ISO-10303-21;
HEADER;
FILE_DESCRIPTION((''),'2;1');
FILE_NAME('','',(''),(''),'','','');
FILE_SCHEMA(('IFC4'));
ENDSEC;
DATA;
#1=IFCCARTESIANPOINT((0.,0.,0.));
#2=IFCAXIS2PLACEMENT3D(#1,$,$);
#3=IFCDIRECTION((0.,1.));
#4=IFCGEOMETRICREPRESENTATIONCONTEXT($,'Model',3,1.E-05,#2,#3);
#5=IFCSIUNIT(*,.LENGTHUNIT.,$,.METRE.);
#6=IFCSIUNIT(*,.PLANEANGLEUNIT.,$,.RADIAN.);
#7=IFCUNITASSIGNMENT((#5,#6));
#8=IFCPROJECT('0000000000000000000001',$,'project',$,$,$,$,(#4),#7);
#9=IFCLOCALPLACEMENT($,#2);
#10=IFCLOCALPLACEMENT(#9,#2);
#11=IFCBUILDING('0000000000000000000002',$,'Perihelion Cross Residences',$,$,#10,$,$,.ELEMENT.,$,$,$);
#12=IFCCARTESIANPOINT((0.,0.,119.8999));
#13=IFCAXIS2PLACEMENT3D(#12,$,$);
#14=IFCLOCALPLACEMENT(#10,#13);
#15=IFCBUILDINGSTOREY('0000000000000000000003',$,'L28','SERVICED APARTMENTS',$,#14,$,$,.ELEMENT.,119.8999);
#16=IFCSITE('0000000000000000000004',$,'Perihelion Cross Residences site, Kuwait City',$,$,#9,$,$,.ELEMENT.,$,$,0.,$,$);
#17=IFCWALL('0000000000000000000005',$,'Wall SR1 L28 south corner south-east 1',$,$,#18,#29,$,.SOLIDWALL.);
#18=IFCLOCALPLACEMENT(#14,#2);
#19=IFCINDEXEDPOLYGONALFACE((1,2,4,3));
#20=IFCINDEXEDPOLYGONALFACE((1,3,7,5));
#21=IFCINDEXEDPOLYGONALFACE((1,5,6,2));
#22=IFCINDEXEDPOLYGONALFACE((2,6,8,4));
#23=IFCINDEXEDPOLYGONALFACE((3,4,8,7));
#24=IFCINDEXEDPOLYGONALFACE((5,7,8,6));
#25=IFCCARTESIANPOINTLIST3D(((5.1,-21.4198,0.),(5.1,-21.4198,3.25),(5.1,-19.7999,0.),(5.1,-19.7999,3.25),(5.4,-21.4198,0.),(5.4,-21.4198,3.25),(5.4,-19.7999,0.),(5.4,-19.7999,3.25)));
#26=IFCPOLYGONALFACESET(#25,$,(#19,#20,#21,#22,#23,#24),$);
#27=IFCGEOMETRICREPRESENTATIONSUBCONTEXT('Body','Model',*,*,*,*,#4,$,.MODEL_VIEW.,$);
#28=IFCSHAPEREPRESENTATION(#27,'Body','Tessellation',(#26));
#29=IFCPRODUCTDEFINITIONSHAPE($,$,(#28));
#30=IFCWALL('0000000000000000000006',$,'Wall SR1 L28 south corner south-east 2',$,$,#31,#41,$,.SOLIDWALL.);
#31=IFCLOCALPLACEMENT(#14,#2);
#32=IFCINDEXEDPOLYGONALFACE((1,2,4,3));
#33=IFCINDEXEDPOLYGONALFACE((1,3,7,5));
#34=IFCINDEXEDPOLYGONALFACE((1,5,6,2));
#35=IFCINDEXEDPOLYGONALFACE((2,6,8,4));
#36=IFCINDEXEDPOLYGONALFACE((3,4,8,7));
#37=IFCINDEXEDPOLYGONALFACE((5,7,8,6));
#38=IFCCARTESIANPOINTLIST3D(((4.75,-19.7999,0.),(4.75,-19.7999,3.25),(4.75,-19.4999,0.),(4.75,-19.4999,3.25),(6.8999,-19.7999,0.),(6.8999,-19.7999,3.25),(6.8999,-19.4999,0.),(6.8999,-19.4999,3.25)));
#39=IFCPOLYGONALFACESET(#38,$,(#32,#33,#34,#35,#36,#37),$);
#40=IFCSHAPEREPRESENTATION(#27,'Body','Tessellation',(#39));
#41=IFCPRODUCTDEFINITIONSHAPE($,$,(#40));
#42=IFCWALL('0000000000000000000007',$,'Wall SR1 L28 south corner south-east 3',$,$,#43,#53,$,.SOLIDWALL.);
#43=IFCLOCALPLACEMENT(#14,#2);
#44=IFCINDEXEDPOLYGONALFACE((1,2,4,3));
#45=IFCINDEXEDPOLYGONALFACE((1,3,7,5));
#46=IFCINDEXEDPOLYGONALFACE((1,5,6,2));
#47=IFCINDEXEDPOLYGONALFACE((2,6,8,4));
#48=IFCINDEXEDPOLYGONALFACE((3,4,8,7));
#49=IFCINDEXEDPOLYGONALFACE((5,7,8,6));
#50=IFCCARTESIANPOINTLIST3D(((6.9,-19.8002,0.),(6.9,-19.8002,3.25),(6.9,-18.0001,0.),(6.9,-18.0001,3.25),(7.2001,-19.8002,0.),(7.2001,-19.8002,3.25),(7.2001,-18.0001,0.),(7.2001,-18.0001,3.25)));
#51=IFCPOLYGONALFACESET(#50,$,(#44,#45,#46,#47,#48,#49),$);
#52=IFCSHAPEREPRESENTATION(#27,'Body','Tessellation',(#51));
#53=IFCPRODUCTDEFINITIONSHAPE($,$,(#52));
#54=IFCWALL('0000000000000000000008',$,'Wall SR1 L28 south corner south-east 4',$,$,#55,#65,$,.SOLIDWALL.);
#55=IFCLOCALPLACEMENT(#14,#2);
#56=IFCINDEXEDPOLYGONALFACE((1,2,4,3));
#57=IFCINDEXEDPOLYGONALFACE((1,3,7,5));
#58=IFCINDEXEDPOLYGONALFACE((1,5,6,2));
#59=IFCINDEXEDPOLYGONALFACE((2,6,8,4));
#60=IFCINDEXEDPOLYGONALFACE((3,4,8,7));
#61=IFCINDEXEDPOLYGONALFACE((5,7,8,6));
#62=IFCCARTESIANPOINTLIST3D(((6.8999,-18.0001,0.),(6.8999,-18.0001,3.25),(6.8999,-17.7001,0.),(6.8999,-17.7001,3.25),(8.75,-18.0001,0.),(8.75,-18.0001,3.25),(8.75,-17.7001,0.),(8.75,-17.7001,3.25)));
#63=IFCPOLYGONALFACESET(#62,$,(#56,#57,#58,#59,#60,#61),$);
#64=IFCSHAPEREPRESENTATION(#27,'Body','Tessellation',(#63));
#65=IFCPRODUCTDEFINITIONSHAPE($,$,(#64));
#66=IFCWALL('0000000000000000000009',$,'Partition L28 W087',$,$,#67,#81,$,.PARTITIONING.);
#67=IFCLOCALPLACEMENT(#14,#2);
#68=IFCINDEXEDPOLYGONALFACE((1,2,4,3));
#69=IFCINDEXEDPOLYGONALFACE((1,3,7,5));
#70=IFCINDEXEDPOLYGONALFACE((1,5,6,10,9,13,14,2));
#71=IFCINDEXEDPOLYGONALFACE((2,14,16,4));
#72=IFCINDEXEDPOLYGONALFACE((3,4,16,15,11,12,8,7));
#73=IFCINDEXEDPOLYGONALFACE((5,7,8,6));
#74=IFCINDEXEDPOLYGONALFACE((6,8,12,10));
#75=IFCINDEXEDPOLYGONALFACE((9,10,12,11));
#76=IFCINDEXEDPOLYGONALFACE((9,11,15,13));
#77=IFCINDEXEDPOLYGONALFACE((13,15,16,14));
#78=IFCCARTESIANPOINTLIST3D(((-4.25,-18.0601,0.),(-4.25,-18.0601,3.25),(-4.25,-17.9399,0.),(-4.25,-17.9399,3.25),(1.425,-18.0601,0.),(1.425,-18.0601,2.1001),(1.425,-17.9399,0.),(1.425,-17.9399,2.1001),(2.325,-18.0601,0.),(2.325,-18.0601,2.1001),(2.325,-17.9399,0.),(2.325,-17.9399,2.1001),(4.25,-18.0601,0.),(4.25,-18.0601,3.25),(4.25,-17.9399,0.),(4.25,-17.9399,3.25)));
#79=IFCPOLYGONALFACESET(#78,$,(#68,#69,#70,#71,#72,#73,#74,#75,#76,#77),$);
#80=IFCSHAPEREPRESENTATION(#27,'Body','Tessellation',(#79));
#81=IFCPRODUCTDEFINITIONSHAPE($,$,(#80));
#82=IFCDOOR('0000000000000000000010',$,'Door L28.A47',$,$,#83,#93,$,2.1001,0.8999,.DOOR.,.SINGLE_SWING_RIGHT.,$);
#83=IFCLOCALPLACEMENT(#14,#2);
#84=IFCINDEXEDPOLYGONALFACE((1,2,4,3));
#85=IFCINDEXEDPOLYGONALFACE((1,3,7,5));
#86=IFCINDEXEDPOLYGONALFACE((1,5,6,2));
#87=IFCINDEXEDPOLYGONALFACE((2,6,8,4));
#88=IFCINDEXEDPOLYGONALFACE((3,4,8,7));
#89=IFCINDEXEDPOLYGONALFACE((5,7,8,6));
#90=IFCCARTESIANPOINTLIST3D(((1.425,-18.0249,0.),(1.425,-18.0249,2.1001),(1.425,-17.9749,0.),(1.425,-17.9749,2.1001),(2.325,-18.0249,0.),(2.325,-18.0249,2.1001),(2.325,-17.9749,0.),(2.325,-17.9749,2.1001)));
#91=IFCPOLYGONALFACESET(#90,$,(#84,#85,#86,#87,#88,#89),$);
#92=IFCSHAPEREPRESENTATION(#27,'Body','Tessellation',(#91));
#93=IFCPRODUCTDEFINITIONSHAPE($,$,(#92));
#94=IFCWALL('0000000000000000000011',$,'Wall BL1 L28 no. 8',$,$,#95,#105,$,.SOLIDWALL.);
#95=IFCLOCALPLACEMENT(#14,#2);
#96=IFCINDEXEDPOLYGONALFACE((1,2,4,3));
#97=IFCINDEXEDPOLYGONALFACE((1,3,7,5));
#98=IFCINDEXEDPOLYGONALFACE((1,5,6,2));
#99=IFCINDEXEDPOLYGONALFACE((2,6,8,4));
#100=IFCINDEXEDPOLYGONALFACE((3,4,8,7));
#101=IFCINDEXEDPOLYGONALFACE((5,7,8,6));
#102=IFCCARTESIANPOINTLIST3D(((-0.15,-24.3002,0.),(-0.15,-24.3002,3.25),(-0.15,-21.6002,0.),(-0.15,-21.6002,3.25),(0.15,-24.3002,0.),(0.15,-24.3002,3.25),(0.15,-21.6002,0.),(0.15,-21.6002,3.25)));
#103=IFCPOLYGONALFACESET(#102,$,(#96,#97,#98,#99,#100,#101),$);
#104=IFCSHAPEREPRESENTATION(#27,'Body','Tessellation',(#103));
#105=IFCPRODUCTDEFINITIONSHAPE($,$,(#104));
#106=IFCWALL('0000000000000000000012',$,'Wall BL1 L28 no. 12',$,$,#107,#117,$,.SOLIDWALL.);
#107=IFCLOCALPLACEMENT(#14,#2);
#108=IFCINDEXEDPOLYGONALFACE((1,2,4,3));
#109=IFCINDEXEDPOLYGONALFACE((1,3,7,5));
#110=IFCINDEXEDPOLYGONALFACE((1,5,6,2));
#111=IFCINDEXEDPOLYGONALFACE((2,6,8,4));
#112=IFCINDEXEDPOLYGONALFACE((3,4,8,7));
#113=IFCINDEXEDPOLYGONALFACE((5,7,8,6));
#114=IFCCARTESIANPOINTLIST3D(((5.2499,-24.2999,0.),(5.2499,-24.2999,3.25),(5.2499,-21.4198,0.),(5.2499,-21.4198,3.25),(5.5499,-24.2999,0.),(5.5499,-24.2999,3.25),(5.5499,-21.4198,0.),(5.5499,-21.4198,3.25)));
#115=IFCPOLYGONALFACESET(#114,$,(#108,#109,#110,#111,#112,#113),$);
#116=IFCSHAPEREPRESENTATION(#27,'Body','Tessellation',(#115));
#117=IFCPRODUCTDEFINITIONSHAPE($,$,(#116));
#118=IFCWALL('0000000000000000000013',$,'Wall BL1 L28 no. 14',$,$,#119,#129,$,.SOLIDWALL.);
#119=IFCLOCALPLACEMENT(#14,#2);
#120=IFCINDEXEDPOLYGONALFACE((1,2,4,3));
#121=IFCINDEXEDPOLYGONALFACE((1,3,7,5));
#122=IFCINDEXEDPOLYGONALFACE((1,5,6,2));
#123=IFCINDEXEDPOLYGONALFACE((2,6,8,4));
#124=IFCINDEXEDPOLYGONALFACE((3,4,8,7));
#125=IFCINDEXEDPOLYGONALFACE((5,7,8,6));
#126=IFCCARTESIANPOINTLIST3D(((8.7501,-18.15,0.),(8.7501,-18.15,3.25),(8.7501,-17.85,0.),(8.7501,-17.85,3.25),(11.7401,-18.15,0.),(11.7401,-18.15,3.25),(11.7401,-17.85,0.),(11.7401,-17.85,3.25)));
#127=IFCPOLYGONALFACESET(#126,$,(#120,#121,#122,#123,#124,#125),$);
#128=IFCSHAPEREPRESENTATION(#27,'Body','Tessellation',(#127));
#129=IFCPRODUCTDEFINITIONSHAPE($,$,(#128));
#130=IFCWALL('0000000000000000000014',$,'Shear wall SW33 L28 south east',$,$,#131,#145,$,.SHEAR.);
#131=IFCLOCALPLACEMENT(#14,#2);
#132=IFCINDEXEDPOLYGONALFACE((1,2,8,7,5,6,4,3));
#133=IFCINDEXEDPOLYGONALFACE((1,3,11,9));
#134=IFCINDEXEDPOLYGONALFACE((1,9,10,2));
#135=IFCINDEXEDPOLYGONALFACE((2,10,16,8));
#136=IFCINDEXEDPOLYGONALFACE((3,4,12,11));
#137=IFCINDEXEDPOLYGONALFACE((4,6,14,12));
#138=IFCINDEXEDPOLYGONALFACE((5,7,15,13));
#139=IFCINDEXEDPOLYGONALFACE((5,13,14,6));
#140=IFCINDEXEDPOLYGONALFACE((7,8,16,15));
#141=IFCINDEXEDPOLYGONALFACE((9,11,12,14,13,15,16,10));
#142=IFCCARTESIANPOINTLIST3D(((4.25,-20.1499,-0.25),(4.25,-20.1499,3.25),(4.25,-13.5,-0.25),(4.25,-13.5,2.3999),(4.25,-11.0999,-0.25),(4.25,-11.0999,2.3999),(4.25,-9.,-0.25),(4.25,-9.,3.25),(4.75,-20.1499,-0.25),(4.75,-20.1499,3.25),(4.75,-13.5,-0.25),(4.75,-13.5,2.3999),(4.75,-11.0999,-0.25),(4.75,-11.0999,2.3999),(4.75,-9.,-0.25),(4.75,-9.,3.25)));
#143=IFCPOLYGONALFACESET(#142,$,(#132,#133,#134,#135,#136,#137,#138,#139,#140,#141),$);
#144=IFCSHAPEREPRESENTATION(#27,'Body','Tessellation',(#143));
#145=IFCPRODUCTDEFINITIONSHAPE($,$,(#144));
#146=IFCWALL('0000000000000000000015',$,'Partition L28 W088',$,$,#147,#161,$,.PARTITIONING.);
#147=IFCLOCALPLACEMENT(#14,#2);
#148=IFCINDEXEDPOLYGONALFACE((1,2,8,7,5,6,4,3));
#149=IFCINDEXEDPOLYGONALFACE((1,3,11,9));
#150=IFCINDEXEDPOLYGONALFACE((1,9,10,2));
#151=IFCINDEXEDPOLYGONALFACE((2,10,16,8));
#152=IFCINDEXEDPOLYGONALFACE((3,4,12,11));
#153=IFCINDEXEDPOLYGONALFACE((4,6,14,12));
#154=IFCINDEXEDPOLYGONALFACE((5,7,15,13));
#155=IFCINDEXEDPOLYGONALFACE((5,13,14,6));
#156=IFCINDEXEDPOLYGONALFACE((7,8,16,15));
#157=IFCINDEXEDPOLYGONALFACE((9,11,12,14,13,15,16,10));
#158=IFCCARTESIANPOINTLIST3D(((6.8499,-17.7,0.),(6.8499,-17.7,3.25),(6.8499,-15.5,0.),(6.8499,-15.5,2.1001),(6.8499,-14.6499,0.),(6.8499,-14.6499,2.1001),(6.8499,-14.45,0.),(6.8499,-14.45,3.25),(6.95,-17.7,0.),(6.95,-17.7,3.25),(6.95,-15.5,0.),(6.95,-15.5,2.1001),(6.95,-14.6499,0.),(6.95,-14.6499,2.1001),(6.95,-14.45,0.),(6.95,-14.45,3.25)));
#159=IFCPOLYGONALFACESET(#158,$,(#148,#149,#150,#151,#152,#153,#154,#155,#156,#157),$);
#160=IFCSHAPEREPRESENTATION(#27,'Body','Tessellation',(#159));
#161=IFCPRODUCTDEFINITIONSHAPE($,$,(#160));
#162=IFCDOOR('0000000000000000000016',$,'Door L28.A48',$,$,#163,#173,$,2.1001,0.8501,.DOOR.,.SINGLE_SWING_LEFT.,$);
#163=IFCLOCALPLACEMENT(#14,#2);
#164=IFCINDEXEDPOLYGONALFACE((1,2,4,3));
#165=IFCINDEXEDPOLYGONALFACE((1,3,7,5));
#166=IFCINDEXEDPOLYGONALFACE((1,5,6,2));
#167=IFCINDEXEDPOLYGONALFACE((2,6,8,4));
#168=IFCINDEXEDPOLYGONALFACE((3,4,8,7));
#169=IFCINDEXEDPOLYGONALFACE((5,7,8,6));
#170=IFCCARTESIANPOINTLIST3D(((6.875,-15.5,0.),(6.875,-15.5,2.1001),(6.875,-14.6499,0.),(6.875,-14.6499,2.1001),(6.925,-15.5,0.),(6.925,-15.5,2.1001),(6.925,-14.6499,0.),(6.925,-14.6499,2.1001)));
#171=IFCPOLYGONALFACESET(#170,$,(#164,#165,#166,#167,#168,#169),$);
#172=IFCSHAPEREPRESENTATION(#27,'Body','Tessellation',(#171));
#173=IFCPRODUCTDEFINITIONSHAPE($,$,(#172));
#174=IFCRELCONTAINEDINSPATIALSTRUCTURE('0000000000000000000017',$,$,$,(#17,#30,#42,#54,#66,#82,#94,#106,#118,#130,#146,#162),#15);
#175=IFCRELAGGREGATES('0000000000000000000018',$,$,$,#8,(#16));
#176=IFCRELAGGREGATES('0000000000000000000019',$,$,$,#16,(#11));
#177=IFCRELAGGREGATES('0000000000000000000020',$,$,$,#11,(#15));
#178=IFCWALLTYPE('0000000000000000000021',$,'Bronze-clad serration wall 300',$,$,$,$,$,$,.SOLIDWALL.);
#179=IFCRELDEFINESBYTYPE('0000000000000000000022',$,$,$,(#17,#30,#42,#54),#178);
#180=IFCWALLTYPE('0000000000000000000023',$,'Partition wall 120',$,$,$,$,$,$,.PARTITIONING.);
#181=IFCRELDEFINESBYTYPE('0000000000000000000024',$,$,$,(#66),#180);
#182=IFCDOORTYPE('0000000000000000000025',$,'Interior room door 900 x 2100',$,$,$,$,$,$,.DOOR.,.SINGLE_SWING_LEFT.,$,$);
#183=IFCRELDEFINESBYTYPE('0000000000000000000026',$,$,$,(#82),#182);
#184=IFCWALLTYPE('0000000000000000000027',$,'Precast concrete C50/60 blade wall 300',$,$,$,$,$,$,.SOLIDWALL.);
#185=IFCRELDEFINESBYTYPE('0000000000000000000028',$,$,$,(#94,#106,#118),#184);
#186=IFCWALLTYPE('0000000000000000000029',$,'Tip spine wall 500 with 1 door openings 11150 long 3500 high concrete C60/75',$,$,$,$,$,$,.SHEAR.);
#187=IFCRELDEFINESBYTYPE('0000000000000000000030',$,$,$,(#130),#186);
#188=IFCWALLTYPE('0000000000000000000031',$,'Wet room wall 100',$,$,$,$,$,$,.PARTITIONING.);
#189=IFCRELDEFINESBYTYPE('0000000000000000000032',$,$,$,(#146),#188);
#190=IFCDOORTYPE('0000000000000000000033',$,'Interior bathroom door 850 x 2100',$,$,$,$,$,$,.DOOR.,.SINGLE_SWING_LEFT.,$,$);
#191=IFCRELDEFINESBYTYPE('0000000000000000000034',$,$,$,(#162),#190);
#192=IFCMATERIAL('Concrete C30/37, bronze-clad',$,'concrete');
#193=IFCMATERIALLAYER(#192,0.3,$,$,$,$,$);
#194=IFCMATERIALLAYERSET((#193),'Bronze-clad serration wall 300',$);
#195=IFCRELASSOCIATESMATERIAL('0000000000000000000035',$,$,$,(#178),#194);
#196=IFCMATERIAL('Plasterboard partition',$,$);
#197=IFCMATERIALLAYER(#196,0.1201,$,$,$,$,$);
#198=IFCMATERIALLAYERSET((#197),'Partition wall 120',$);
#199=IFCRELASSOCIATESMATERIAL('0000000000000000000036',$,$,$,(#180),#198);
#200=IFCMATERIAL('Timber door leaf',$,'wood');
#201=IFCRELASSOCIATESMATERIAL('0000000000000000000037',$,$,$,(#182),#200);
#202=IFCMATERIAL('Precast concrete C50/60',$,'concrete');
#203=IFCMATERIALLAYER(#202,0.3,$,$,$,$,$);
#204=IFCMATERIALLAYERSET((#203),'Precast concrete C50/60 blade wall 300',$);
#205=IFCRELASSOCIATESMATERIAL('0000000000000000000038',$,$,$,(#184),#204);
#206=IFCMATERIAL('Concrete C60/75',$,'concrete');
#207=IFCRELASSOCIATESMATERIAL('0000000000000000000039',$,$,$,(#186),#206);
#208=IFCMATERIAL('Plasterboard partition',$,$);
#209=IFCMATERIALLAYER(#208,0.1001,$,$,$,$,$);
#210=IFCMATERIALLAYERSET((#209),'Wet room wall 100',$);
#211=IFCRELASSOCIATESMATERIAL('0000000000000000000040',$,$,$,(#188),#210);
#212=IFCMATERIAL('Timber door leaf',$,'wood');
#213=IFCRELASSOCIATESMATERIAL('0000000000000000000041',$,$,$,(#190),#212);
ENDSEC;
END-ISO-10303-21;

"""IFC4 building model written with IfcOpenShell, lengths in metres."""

from ifc_helpers import new_model, si_unit, direction, frame, frame_2d, origin, place, context, subcontext, project, spatial, polyline, rectangle, outline, extrude, material, layer, layer_set, material_profile, profile_set, type_object, element, fill, save


model = new_model("IFC4")

# Units and contexts
model_context = context("Model", 3, precision=1e-05, world=origin(), true_north=direction((0.0, 1.0)))
body_context = subcontext(model_context, "Body", "Model", "MODEL_VIEW")
ifc_project = project(units=[si_unit("LENGTHUNIT", "METRE"), si_unit("PLANEANGLEUNIT", "RADIAN")], contexts=[model_context])

# Site, building, storey
site_placement = place(None, origin())
site = spatial("IfcSite", under=ifc_project, at=site_placement, Name="Perihelion Cross Residences site, Kuwait City", CompositionType="ELEMENT", RefElevation=0.0)
building_placement = place(site_placement, origin())
building = spatial("IfcBuilding", under=site, at=building_placement, Name="Perihelion Cross Residences", CompositionType="ELEMENT")
storey_placement = place(building_placement, frame((0.0, 0.0, 119.8999)))
storey = spatial("IfcBuildingStorey", under=building, at=storey_placement, Name="L28", Description="SERVICED APARTMENTS", CompositionType="ELEMENT", Elevation=119.8999)

# Walls
ifc_material_1 = material(Name="Concrete C30/37, bronze-clad", Category="concrete")
ifc_layer_1 = layer(ifc_material_1, 0.3)
ifc_layer_set_1 = layer_set([ifc_layer_1], Name="Bronze-clad serration wall 300")
wall_type_1 = type_object("IfcWallType", Name="Bronze-clad serration wall 300", PredefinedType="SOLIDWALL", material=ifc_layer_set_1)
wall_1_placement = place(storey_placement, frame((5.25, -21.4199, 0.0), z_axis=(0.0, 0.0, 1.0), x_axis=(0.0, 1.0, 0.0)))
element("IfcWall", 1, at=wall_1_placement, inside=storey, type_object=wall_type_1, Name="Wall SR1 L28 south corner south-east 1", PredefinedType="SOLIDWALL", context=body_context, shape_type="SweptSolid", body=[
    extrude(rectangle(XDim=1.6199, YDim=0.3, at=frame_2d((0.8101, 0.0))), origin(), (0.0, 0.0, 1.0), 3.25),
])
wall_2_placement = place(storey_placement, frame((4.75, -19.6499, 0.0), z_axis=(0.0, 0.0, 1.0), x_axis=(1.0, 0.0, 0.0)))
element("IfcWall", 2, at=wall_2_placement, inside=storey, type_object=wall_type_1, Name="Wall SR1 L28 south corner south-east 2", PredefinedType="SOLIDWALL", context=body_context, shape_type="SweptSolid", body=[
    extrude(rectangle(XDim=2.1499, YDim=0.3, at=frame_2d((1.075, 0.0))), origin(), (0.0, 0.0, 1.0), 3.25),
])
wall_3_placement = place(storey_placement, frame((7.05, -19.8, 0.0), z_axis=(0.0, 0.0, 1.0), x_axis=(0.0, 1.0, 0.0)))
element("IfcWall", 3, at=wall_3_placement, inside=storey, type_object=wall_type_1, Name="Wall SR1 L28 south corner south-east 3", PredefinedType="SOLIDWALL", context=body_context, shape_type="SweptSolid", body=[
    extrude(rectangle(XDim=1.8, YDim=0.3, at=frame_2d((0.8999, 0.0))), origin(), (0.0, 0.0, 1.0), 3.25),
])
wall_4_placement = place(storey_placement, frame((6.8999, -17.8501, 0.0), z_axis=(0.0, 0.0, 1.0), x_axis=(1.0, 0.0, 0.0)))
element("IfcWall", 4, at=wall_4_placement, inside=storey, type_object=wall_type_1, Name="Wall SR1 L28 south corner south-east 4", PredefinedType="SOLIDWALL", context=body_context, shape_type="SweptSolid", body=[
    extrude(rectangle(XDim=1.8501, YDim=0.3, at=frame_2d((0.925, 0.0))), origin(), (0.0, 0.0, 1.0), 3.25),
])

# Wall, opening, door
ifc_material_2 = material(Name="Plasterboard partition")
ifc_layer_2 = layer(ifc_material_2, 0.1201)
ifc_layer_set_2 = layer_set([ifc_layer_2], Name="Partition wall 120")
wall_type_2 = type_object("IfcWallType", Name="Partition wall 120", PredefinedType="PARTITIONING", material=ifc_layer_set_2)
wall_5_placement = place(storey_placement, frame((4.25, -18.0, 0.0), z_axis=(0.0, 0.0, 1.0), x_axis=(-1.0, 0.0, 0.0)))
wall_5 = element("IfcWall", 5, at=wall_5_placement, inside=storey, type_object=wall_type_2, Name="Partition L28 W087", PredefinedType="PARTITIONING", context=body_context, shape_type="SweptSolid", body=[
    extrude(rectangle(XDim=8.5, YDim=0.1201, at=frame_2d((4.25, 0.0))), origin(), (0.0, 0.0, 1.0), 3.25),
])
opening_1_placement = place(wall_5_placement, frame((1.925, 0.0, 0.0)))
opening_1 = element("IfcOpeningElement", 6, at=opening_1_placement, cuts=wall_5, PredefinedType="OPENING", context=body_context, shape_type="SweptSolid", body=[
    extrude(rectangle(XDim=0.8999, YDim=2.1001, at=frame_2d((0.45, 1.05))), frame((0.0, 0.0701, 0.0), z_axis=(0.0, -1.0, 0.0), x_axis=(1.0, 0.0, 0.0)), (0.0, 0.0, 1.0), 0.1401),
])
ifc_material_3 = material(Name="Timber door leaf", Category="wood")
door_type_1 = type_object("IfcDoorType", Name="Interior room door 900 x 2100", OperationType="SINGLE_SWING_LEFT", PredefinedType="DOOR", material=ifc_material_3)
door_1_placement = place(opening_1_placement, origin())
door_1 = element("IfcDoor", 7, at=door_1_placement, inside=storey, type_object=door_type_1, Name="Door L28.A47", OperationType="SINGLE_SWING_RIGHT", OverallHeight=2.1001, OverallWidth=0.8999, PredefinedType="DOOR", context=body_context, shape_type="SweptSolid", body=[
    extrude(rectangle(XDim=0.8999, YDim=2.1001, at=frame_2d((0.45, 1.05))), frame((0.0, 0.0249, 0.0), z_axis=(0.0, -1.0, 0.0), x_axis=(1.0, 0.0, 0.0)), (0.0, 0.0, 1.0), 0.05),
])
fill(opening_1, door_1)

# Walls
ifc_material_4 = material(Name="Precast concrete C50/60", Category="concrete")
ifc_layer_3 = layer(ifc_material_4, 0.3)
ifc_layer_set_3 = layer_set([ifc_layer_3], Name="Precast concrete C50/60 blade wall 300")
wall_type_3 = type_object("IfcWallType", Name="Precast concrete C50/60 blade wall 300", PredefinedType="SOLIDWALL", material=ifc_layer_set_3)
wall_6_placement = place(storey_placement, frame((0.0, -21.6001, 0.0), z_axis=(0.0, 0.0, 1.0), x_axis=(0.0, -1.0, 0.0)))
element("IfcWall", 8, at=wall_6_placement, inside=storey, type_object=wall_type_3, Name="Wall BL1 L28 no. 8", PredefinedType="SOLIDWALL", context=body_context, shape_type="SweptSolid", body=[
    extrude(rectangle(XDim=2.7, YDim=0.3, at=frame_2d((1.3501, 0.0))), origin(), (0.0, 0.0, 1.0), 3.25),
])
wall_7_placement = place(storey_placement, frame((5.3999, -21.4199, 0.0), z_axis=(0.0, 0.0, 1.0), x_axis=(0.0, -1.0, 0.0)))
element("IfcWall", 9, at=wall_7_placement, inside=storey, type_object=wall_type_3, Name="Wall BL1 L28 no. 12", PredefinedType="SOLIDWALL", context=body_context, shape_type="SweptSolid", body=[
    extrude(rectangle(XDim=2.8801, YDim=0.3, at=frame_2d((1.4399, 0.0))), origin(), (0.0, 0.0, 1.0), 3.25),
])
wall_8_placement = place(storey_placement, frame((8.75, -18.0, 0.0), z_axis=(0.0, 0.0, 1.0), x_axis=(1.0, 0.0, 0.0)))
element("IfcWall", 10, at=wall_8_placement, inside=storey, type_object=wall_type_3, Name="Wall BL1 L28 no. 14", PredefinedType="SOLIDWALL", context=body_context, shape_type="SweptSolid", body=[
    extrude(rectangle(XDim=2.99, YDim=0.3, at=frame_2d((1.4951, 0.0))), origin(), (0.0, 0.0, 1.0), 3.25),
])
ifc_material_5 = material(Name="Concrete C60/75", Category="concrete")
ifc_material_profile_1 = material_profile(ifc_material_5, outline(polyline([(0.0, 0.0), (6.6499, 0.0), (6.6499, 2.6499), (9.05, 2.6499), (9.05, 0.0), (11.1499, 0.0), (11.1499, 3.5), (0.0, 3.5), (0.0, 0.0)])), Name="Tip spine wall")
ifc_profile_set_1 = profile_set([ifc_material_profile_1], Name="Concrete C60/75")
wall_type_4 = type_object("IfcWallType", Name="Tip spine wall 500 with 1 door openings 11150 long 3500 high concrete C60/75", PredefinedType="SHEAR", material=ifc_profile_set_1)
wall_9_placement = place(storey_placement, frame((4.25, -20.1499, -0.25), z_axis=(1.0, 0.0, 0.0), x_axis=(0.0, 1.0, 0.0)))
element("IfcWall", 11, at=wall_9_placement, inside=storey, type_object=wall_type_4, Name="Shear wall SW33 L28 south east", PredefinedType="SHEAR", context=body_context, shape_type="SweptSolid", body=[
    extrude(outline(polyline([(0.0, 0.0), (6.6499, 0.0), (6.6499, 2.6499), (9.05, 2.6499), (9.05, 0.0), (11.1499, 0.0), (11.1499, 3.5), (0.0, 3.5), (0.0, 0.0)])), origin(), (0.0, 0.0, 1.0), 0.5),
])

# Wall, opening, door
ifc_material_6 = material(Name="Plasterboard partition")
ifc_layer_4 = layer(ifc_material_6, 0.1001)
ifc_layer_set_4 = layer_set([ifc_layer_4], Name="Wet room wall 100")
wall_type_5 = type_object("IfcWallType", Name="Wet room wall 100", PredefinedType="PARTITIONING", material=ifc_layer_set_4)
wall_10_placement = place(storey_placement, frame((6.8999, -17.7, 0.0), z_axis=(0.0, 0.0, 1.0), x_axis=(0.0, 1.0, 0.0)))
wall_10 = element("IfcWall", 12, at=wall_10_placement, inside=storey, type_object=wall_type_5, Name="Partition L28 W088", PredefinedType="PARTITIONING", context=body_context, shape_type="SweptSolid", body=[
    extrude(rectangle(XDim=3.25, YDim=0.1001, at=frame_2d((1.625, 0.0))), origin(), (0.0, 0.0, 1.0), 3.25),
])
opening_2_placement = place(wall_10_placement, frame((2.2, 0.0, 0.0)))
opening_2 = element("IfcOpeningElement", 13, at=opening_2_placement, cuts=wall_10, PredefinedType="OPENING", context=body_context, shape_type="SweptSolid", body=[
    extrude(rectangle(XDim=0.8501, YDim=2.1001, at=frame_2d((0.425, 1.05))), frame((0.0, 0.0601, 0.0), z_axis=(0.0, -1.0, 0.0), x_axis=(1.0, 0.0, 0.0)), (0.0, 0.0, 1.0), 0.1201),
])
ifc_material_7 = material(Name="Timber door leaf", Category="wood")
door_type_2 = type_object("IfcDoorType", Name="Interior bathroom door 850 x 2100", OperationType="SINGLE_SWING_LEFT", PredefinedType="DOOR", material=ifc_material_7)
door_2_placement = place(opening_2_placement, origin())
door_2 = element("IfcDoor", 14, at=door_2_placement, inside=storey, type_object=door_type_2, Name="Door L28.A48", OperationType="SINGLE_SWING_LEFT", OverallHeight=2.1001, OverallWidth=0.8501, PredefinedType="DOOR", context=body_context, shape_type="SweptSolid", body=[
    extrude(rectangle(XDim=0.8501, YDim=2.1001, at=frame_2d((0.425, 1.05))), frame((0.0, 0.0249, 0.0), z_axis=(0.0, -1.0, 0.0), x_axis=(1.0, 0.0, 0.0)), (0.0, 0.0, 1.0), 0.05),
])
fill(opening_2, door_2)

save(model, "model.ifc")
